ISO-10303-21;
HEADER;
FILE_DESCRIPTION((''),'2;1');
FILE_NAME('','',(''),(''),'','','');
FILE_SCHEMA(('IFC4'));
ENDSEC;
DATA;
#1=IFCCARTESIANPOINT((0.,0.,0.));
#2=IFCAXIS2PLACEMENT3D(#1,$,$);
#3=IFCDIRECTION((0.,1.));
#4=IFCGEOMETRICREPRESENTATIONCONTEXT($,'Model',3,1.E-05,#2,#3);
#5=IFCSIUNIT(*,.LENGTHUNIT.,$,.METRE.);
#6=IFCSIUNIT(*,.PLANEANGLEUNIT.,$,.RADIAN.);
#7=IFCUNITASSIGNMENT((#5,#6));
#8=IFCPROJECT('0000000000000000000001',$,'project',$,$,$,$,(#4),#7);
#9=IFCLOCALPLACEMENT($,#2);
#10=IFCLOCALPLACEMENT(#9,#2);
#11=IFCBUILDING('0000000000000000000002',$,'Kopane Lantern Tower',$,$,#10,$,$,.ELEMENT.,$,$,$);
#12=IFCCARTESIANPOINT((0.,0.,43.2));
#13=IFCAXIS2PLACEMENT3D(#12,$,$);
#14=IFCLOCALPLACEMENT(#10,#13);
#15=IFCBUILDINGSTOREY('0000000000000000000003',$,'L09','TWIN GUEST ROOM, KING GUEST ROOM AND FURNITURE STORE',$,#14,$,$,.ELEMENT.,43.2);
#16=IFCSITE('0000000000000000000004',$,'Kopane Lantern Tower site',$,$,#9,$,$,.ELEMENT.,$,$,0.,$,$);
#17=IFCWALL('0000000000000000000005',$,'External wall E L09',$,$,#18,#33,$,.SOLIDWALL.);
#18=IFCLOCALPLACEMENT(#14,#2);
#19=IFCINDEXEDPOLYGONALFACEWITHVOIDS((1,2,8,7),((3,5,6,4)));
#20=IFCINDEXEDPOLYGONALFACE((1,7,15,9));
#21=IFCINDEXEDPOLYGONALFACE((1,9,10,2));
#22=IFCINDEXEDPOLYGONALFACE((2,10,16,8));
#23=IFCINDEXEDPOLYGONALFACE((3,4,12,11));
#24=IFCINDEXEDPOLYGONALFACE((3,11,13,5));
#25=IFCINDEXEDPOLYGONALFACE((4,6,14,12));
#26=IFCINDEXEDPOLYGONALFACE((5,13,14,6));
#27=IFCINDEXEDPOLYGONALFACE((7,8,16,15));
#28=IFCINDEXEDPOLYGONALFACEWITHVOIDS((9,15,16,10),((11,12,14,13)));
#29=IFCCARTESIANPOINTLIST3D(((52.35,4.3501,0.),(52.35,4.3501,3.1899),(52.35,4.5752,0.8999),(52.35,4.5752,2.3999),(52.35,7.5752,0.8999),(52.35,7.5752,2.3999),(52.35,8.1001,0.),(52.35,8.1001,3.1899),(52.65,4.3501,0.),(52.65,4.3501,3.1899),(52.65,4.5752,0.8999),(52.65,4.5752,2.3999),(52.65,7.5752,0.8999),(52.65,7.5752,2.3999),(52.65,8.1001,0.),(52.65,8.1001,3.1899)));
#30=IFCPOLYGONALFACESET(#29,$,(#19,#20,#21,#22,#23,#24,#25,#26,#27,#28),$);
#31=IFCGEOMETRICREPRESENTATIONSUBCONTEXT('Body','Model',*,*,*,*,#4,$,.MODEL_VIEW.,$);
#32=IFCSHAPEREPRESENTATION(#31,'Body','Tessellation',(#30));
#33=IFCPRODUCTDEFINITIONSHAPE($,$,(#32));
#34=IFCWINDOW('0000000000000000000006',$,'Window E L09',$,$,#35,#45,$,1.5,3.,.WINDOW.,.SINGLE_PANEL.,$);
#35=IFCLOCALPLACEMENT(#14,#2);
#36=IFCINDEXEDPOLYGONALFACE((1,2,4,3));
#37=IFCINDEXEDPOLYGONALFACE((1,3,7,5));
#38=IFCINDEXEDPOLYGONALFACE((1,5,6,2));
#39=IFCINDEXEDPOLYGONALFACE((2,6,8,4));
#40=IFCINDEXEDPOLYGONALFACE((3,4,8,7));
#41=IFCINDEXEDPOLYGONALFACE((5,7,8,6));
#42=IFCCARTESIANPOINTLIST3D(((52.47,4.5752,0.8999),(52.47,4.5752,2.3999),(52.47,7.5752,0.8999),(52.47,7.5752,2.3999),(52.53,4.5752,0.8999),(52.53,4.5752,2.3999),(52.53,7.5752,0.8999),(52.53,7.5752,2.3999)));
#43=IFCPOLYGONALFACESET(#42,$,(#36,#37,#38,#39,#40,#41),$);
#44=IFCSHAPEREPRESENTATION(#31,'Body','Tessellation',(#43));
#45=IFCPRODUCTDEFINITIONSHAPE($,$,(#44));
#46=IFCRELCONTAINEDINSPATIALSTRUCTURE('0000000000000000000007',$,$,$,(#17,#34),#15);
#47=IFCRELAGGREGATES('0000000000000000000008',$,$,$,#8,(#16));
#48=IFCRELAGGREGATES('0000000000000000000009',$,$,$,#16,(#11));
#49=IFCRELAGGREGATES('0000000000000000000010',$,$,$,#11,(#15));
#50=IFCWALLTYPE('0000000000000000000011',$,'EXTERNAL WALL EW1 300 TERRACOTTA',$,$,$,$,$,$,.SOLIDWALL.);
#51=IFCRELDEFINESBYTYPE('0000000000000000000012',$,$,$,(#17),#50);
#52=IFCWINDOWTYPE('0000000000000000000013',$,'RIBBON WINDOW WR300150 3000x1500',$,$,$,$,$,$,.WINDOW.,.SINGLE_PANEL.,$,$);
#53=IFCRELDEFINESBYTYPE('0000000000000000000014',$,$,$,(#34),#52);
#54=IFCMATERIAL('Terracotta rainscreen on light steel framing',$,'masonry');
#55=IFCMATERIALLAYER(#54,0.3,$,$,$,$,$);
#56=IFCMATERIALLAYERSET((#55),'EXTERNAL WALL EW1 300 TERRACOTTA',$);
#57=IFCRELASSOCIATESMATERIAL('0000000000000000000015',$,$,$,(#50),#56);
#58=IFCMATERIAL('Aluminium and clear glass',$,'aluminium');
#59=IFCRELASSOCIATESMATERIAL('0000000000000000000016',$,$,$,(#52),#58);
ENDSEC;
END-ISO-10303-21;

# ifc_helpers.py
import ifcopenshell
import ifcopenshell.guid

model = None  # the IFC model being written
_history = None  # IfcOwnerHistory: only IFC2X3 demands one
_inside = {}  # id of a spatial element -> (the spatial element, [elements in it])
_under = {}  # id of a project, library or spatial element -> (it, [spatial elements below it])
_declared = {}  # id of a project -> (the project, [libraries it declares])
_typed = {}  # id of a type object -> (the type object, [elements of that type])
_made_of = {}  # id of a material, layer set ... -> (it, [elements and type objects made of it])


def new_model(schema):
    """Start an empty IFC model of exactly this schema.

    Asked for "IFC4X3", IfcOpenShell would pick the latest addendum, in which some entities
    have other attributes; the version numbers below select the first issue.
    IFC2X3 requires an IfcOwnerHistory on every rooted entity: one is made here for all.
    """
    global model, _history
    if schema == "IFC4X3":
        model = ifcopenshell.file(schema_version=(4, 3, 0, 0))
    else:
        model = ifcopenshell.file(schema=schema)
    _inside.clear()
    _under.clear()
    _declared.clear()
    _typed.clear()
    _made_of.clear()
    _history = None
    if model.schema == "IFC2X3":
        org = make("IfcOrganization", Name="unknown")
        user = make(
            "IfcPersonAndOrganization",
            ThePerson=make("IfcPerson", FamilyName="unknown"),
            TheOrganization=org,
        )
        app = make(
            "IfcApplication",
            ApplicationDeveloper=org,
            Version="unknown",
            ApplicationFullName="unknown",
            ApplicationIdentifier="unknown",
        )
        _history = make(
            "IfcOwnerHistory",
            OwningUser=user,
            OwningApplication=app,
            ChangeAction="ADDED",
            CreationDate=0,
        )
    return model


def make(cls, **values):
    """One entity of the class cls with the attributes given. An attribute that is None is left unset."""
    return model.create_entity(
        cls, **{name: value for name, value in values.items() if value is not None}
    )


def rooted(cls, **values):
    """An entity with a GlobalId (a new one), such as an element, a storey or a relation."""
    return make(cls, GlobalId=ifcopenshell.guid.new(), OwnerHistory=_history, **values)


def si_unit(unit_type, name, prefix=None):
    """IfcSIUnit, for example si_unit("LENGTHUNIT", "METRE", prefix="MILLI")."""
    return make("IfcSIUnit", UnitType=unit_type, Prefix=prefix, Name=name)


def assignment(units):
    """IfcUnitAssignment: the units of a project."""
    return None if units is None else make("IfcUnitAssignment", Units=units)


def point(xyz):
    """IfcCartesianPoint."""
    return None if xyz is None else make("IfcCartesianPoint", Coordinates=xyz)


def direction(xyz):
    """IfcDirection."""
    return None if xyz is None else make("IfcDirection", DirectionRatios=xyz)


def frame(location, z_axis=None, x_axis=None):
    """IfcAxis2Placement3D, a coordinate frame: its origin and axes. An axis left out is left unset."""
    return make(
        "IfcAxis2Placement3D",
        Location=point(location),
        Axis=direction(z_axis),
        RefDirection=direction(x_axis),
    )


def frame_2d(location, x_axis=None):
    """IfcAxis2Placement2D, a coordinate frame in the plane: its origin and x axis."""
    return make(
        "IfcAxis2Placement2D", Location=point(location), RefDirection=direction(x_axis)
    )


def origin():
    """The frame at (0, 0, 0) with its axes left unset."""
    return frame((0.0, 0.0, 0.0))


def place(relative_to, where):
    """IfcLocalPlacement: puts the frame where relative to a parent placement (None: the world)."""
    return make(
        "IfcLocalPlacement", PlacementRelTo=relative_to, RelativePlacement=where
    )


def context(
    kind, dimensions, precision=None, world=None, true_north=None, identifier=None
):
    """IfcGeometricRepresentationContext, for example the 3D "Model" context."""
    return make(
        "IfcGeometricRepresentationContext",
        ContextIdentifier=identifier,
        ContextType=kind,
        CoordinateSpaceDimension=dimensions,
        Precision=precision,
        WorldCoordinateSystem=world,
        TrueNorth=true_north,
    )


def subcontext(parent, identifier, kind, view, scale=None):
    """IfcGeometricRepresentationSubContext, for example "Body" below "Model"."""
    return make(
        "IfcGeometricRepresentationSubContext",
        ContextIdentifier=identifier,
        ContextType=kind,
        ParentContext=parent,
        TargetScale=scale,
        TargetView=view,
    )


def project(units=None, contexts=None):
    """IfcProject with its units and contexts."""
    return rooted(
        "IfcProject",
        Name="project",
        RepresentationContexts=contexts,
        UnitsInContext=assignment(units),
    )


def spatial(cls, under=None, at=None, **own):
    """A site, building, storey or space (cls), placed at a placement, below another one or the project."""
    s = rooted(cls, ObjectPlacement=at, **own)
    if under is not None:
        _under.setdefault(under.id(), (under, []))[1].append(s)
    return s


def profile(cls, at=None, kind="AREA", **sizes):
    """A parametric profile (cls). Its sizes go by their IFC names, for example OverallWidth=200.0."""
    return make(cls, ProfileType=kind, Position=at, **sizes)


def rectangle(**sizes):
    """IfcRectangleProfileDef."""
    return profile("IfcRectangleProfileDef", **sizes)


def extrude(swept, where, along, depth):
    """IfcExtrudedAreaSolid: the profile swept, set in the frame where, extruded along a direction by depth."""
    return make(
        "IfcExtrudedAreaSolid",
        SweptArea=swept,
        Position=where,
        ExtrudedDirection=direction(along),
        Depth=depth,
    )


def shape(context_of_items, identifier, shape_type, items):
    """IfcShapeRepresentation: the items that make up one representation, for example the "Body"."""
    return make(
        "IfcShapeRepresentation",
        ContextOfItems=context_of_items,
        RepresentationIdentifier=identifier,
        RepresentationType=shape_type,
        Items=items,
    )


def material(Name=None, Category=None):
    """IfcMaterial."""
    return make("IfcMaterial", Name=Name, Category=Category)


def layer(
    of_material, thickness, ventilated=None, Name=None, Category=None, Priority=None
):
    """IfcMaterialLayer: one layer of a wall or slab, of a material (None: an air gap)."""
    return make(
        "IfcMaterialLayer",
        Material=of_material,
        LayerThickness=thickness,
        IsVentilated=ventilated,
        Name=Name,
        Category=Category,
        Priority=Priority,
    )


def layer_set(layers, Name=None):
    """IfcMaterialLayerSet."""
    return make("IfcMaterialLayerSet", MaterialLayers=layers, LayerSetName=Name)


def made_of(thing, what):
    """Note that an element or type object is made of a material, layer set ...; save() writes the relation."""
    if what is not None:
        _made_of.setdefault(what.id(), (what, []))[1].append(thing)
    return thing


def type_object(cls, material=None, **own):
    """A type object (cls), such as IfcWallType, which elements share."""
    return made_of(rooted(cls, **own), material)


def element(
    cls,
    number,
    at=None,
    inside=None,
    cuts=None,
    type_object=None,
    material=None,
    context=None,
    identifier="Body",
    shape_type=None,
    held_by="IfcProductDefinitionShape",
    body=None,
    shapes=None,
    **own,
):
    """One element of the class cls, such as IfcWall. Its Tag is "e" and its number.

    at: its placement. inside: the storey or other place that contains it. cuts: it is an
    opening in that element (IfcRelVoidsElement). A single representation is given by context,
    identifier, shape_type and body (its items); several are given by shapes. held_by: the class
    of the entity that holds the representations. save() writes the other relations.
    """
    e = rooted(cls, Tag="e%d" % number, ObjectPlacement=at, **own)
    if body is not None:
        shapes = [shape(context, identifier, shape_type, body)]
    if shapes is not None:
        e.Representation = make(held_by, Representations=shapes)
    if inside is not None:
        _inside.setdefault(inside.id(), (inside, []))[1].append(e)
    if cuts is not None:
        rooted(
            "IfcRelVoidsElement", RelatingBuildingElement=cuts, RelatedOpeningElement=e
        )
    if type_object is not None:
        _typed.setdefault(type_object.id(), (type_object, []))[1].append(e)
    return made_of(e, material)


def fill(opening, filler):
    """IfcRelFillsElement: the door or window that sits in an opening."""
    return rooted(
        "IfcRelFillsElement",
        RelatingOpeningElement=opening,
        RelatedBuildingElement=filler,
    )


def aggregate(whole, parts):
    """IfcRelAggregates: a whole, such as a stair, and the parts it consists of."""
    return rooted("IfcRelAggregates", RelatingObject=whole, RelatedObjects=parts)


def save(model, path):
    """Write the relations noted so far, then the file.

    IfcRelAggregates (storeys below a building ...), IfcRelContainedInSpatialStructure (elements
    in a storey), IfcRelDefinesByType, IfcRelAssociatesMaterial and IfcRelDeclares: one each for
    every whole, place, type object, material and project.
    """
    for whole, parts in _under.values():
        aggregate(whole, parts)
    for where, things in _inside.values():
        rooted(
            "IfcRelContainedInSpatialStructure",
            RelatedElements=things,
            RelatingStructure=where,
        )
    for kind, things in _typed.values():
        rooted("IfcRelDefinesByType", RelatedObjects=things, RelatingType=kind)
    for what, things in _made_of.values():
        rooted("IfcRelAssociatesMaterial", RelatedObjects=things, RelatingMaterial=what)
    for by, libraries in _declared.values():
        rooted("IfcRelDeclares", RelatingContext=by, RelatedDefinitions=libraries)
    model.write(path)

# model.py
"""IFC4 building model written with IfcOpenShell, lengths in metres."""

from ifc_helpers import new_model, si_unit, direction, frame, frame_2d, origin, place, context, subcontext, project, spatial, rectangle, extrude, material, layer, layer_set, type_object, element, fill, save


model = new_model("IFC4")

# Units and contexts
model_context = context("Model", 3, precision=1e-05, world=origin(), true_north=direction((0.0, 1.0)))
body_context = subcontext(model_context, "Body", "Model", "MODEL_VIEW")
ifc_project = project(units=[si_unit("LENGTHUNIT", "METRE"), si_unit("PLANEANGLEUNIT", "RADIAN")], contexts=[model_context])

# Site, building, storey
site_placement = place(None, origin())
site = spatial("IfcSite", under=ifc_project, at=site_placement, Name="Kopane Lantern Tower site", CompositionType="ELEMENT", RefElevation=0.0)
building_placement = place(site_placement, origin())
building = spatial("IfcBuilding", under=site, at=building_placement, Name="Kopane Lantern Tower", CompositionType="ELEMENT")
storey_placement = place(building_placement, frame((0.0, 0.0, 43.2)))
storey = spatial("IfcBuildingStorey", under=building, at=storey_placement, Name="L09", Description="TWIN GUEST ROOM, KING GUEST ROOM AND FURNITURE STORE", CompositionType="ELEMENT", Elevation=43.2)

# Wall, opening, window
ifc_material_1 = material(Name="Terracotta rainscreen on light steel framing", Category="masonry")
ifc_layer = layer(ifc_material_1, 0.3)
ifc_layer_set = layer_set([ifc_layer], Name="EXTERNAL WALL EW1 300 TERRACOTTA")
wall_type = type_object("IfcWallType", Name="EXTERNAL WALL EW1 300 TERRACOTTA", PredefinedType="SOLIDWALL", material=ifc_layer_set)
ifc_material_2 = material(Name="Aluminium and clear glass", Category="aluminium")
window_type = type_object("IfcWindowType", Name="RIBBON WINDOW WR300150 3000x1500", PartitioningType="SINGLE_PANEL", PredefinedType="WINDOW", material=ifc_material_2)
wall_1_placement = place(storey_placement, frame((52.5, 4.3501, 0.0), z_axis=(0.0, 0.0, 1.0), x_axis=(0.0, 1.0, 0.0)))
wall_1 = element("IfcWall", 1, at=wall_1_placement, inside=storey, type_object=wall_type, Name="External wall E L09", PredefinedType="SOLIDWALL", context=body_context, shape_type="SweptSolid", body=[
    extrude(rectangle(XDim=3.75, YDim=0.3, at=frame_2d((1.875, 0.0))), origin(), (0.0, 0.0, 1.0), 3.1899),
])
opening_1_placement = place(wall_1_placement, frame((0.2251, 0.0, 0.8999)))
opening_1 = element("IfcOpeningElement", 2, at=opening_1_placement, cuts=wall_1, PredefinedType="OPENING", context=body_context, shape_type="SweptSolid", body=[
    extrude(rectangle(XDim=3.0, YDim=1.5, at=frame_2d((1.5, 0.75))), frame((0.0, 0.1599, 0.0), z_axis=(0.0, -1.0, 0.0), x_axis=(1.0, 0.0, 0.0)), (0.0, 0.0, 1.0), 0.3201),
])
window_1_placement = place(opening_1_placement, origin())
window_1 = element("IfcWindow", 3, at=window_1_placement, inside=storey, type_object=window_type, Name="Window E L09", OverallHeight=1.5, OverallWidth=3.0, PartitioningType="SINGLE_PANEL", PredefinedType="WINDOW", context=body_context, shape_type="SweptSolid", body=[
    extrude(rectangle(XDim=3.0, YDim=1.5, at=frame_2d((1.5, 0.75))), frame((0.0, 0.03, 0.0), z_axis=(0.0, -1.0, 0.0), x_axis=(1.0, 0.0, 0.0)), (0.0, 0.0, 1.0), 0.0601),
])
fill(opening_1, window_1)

save(model, "model.ifc")
